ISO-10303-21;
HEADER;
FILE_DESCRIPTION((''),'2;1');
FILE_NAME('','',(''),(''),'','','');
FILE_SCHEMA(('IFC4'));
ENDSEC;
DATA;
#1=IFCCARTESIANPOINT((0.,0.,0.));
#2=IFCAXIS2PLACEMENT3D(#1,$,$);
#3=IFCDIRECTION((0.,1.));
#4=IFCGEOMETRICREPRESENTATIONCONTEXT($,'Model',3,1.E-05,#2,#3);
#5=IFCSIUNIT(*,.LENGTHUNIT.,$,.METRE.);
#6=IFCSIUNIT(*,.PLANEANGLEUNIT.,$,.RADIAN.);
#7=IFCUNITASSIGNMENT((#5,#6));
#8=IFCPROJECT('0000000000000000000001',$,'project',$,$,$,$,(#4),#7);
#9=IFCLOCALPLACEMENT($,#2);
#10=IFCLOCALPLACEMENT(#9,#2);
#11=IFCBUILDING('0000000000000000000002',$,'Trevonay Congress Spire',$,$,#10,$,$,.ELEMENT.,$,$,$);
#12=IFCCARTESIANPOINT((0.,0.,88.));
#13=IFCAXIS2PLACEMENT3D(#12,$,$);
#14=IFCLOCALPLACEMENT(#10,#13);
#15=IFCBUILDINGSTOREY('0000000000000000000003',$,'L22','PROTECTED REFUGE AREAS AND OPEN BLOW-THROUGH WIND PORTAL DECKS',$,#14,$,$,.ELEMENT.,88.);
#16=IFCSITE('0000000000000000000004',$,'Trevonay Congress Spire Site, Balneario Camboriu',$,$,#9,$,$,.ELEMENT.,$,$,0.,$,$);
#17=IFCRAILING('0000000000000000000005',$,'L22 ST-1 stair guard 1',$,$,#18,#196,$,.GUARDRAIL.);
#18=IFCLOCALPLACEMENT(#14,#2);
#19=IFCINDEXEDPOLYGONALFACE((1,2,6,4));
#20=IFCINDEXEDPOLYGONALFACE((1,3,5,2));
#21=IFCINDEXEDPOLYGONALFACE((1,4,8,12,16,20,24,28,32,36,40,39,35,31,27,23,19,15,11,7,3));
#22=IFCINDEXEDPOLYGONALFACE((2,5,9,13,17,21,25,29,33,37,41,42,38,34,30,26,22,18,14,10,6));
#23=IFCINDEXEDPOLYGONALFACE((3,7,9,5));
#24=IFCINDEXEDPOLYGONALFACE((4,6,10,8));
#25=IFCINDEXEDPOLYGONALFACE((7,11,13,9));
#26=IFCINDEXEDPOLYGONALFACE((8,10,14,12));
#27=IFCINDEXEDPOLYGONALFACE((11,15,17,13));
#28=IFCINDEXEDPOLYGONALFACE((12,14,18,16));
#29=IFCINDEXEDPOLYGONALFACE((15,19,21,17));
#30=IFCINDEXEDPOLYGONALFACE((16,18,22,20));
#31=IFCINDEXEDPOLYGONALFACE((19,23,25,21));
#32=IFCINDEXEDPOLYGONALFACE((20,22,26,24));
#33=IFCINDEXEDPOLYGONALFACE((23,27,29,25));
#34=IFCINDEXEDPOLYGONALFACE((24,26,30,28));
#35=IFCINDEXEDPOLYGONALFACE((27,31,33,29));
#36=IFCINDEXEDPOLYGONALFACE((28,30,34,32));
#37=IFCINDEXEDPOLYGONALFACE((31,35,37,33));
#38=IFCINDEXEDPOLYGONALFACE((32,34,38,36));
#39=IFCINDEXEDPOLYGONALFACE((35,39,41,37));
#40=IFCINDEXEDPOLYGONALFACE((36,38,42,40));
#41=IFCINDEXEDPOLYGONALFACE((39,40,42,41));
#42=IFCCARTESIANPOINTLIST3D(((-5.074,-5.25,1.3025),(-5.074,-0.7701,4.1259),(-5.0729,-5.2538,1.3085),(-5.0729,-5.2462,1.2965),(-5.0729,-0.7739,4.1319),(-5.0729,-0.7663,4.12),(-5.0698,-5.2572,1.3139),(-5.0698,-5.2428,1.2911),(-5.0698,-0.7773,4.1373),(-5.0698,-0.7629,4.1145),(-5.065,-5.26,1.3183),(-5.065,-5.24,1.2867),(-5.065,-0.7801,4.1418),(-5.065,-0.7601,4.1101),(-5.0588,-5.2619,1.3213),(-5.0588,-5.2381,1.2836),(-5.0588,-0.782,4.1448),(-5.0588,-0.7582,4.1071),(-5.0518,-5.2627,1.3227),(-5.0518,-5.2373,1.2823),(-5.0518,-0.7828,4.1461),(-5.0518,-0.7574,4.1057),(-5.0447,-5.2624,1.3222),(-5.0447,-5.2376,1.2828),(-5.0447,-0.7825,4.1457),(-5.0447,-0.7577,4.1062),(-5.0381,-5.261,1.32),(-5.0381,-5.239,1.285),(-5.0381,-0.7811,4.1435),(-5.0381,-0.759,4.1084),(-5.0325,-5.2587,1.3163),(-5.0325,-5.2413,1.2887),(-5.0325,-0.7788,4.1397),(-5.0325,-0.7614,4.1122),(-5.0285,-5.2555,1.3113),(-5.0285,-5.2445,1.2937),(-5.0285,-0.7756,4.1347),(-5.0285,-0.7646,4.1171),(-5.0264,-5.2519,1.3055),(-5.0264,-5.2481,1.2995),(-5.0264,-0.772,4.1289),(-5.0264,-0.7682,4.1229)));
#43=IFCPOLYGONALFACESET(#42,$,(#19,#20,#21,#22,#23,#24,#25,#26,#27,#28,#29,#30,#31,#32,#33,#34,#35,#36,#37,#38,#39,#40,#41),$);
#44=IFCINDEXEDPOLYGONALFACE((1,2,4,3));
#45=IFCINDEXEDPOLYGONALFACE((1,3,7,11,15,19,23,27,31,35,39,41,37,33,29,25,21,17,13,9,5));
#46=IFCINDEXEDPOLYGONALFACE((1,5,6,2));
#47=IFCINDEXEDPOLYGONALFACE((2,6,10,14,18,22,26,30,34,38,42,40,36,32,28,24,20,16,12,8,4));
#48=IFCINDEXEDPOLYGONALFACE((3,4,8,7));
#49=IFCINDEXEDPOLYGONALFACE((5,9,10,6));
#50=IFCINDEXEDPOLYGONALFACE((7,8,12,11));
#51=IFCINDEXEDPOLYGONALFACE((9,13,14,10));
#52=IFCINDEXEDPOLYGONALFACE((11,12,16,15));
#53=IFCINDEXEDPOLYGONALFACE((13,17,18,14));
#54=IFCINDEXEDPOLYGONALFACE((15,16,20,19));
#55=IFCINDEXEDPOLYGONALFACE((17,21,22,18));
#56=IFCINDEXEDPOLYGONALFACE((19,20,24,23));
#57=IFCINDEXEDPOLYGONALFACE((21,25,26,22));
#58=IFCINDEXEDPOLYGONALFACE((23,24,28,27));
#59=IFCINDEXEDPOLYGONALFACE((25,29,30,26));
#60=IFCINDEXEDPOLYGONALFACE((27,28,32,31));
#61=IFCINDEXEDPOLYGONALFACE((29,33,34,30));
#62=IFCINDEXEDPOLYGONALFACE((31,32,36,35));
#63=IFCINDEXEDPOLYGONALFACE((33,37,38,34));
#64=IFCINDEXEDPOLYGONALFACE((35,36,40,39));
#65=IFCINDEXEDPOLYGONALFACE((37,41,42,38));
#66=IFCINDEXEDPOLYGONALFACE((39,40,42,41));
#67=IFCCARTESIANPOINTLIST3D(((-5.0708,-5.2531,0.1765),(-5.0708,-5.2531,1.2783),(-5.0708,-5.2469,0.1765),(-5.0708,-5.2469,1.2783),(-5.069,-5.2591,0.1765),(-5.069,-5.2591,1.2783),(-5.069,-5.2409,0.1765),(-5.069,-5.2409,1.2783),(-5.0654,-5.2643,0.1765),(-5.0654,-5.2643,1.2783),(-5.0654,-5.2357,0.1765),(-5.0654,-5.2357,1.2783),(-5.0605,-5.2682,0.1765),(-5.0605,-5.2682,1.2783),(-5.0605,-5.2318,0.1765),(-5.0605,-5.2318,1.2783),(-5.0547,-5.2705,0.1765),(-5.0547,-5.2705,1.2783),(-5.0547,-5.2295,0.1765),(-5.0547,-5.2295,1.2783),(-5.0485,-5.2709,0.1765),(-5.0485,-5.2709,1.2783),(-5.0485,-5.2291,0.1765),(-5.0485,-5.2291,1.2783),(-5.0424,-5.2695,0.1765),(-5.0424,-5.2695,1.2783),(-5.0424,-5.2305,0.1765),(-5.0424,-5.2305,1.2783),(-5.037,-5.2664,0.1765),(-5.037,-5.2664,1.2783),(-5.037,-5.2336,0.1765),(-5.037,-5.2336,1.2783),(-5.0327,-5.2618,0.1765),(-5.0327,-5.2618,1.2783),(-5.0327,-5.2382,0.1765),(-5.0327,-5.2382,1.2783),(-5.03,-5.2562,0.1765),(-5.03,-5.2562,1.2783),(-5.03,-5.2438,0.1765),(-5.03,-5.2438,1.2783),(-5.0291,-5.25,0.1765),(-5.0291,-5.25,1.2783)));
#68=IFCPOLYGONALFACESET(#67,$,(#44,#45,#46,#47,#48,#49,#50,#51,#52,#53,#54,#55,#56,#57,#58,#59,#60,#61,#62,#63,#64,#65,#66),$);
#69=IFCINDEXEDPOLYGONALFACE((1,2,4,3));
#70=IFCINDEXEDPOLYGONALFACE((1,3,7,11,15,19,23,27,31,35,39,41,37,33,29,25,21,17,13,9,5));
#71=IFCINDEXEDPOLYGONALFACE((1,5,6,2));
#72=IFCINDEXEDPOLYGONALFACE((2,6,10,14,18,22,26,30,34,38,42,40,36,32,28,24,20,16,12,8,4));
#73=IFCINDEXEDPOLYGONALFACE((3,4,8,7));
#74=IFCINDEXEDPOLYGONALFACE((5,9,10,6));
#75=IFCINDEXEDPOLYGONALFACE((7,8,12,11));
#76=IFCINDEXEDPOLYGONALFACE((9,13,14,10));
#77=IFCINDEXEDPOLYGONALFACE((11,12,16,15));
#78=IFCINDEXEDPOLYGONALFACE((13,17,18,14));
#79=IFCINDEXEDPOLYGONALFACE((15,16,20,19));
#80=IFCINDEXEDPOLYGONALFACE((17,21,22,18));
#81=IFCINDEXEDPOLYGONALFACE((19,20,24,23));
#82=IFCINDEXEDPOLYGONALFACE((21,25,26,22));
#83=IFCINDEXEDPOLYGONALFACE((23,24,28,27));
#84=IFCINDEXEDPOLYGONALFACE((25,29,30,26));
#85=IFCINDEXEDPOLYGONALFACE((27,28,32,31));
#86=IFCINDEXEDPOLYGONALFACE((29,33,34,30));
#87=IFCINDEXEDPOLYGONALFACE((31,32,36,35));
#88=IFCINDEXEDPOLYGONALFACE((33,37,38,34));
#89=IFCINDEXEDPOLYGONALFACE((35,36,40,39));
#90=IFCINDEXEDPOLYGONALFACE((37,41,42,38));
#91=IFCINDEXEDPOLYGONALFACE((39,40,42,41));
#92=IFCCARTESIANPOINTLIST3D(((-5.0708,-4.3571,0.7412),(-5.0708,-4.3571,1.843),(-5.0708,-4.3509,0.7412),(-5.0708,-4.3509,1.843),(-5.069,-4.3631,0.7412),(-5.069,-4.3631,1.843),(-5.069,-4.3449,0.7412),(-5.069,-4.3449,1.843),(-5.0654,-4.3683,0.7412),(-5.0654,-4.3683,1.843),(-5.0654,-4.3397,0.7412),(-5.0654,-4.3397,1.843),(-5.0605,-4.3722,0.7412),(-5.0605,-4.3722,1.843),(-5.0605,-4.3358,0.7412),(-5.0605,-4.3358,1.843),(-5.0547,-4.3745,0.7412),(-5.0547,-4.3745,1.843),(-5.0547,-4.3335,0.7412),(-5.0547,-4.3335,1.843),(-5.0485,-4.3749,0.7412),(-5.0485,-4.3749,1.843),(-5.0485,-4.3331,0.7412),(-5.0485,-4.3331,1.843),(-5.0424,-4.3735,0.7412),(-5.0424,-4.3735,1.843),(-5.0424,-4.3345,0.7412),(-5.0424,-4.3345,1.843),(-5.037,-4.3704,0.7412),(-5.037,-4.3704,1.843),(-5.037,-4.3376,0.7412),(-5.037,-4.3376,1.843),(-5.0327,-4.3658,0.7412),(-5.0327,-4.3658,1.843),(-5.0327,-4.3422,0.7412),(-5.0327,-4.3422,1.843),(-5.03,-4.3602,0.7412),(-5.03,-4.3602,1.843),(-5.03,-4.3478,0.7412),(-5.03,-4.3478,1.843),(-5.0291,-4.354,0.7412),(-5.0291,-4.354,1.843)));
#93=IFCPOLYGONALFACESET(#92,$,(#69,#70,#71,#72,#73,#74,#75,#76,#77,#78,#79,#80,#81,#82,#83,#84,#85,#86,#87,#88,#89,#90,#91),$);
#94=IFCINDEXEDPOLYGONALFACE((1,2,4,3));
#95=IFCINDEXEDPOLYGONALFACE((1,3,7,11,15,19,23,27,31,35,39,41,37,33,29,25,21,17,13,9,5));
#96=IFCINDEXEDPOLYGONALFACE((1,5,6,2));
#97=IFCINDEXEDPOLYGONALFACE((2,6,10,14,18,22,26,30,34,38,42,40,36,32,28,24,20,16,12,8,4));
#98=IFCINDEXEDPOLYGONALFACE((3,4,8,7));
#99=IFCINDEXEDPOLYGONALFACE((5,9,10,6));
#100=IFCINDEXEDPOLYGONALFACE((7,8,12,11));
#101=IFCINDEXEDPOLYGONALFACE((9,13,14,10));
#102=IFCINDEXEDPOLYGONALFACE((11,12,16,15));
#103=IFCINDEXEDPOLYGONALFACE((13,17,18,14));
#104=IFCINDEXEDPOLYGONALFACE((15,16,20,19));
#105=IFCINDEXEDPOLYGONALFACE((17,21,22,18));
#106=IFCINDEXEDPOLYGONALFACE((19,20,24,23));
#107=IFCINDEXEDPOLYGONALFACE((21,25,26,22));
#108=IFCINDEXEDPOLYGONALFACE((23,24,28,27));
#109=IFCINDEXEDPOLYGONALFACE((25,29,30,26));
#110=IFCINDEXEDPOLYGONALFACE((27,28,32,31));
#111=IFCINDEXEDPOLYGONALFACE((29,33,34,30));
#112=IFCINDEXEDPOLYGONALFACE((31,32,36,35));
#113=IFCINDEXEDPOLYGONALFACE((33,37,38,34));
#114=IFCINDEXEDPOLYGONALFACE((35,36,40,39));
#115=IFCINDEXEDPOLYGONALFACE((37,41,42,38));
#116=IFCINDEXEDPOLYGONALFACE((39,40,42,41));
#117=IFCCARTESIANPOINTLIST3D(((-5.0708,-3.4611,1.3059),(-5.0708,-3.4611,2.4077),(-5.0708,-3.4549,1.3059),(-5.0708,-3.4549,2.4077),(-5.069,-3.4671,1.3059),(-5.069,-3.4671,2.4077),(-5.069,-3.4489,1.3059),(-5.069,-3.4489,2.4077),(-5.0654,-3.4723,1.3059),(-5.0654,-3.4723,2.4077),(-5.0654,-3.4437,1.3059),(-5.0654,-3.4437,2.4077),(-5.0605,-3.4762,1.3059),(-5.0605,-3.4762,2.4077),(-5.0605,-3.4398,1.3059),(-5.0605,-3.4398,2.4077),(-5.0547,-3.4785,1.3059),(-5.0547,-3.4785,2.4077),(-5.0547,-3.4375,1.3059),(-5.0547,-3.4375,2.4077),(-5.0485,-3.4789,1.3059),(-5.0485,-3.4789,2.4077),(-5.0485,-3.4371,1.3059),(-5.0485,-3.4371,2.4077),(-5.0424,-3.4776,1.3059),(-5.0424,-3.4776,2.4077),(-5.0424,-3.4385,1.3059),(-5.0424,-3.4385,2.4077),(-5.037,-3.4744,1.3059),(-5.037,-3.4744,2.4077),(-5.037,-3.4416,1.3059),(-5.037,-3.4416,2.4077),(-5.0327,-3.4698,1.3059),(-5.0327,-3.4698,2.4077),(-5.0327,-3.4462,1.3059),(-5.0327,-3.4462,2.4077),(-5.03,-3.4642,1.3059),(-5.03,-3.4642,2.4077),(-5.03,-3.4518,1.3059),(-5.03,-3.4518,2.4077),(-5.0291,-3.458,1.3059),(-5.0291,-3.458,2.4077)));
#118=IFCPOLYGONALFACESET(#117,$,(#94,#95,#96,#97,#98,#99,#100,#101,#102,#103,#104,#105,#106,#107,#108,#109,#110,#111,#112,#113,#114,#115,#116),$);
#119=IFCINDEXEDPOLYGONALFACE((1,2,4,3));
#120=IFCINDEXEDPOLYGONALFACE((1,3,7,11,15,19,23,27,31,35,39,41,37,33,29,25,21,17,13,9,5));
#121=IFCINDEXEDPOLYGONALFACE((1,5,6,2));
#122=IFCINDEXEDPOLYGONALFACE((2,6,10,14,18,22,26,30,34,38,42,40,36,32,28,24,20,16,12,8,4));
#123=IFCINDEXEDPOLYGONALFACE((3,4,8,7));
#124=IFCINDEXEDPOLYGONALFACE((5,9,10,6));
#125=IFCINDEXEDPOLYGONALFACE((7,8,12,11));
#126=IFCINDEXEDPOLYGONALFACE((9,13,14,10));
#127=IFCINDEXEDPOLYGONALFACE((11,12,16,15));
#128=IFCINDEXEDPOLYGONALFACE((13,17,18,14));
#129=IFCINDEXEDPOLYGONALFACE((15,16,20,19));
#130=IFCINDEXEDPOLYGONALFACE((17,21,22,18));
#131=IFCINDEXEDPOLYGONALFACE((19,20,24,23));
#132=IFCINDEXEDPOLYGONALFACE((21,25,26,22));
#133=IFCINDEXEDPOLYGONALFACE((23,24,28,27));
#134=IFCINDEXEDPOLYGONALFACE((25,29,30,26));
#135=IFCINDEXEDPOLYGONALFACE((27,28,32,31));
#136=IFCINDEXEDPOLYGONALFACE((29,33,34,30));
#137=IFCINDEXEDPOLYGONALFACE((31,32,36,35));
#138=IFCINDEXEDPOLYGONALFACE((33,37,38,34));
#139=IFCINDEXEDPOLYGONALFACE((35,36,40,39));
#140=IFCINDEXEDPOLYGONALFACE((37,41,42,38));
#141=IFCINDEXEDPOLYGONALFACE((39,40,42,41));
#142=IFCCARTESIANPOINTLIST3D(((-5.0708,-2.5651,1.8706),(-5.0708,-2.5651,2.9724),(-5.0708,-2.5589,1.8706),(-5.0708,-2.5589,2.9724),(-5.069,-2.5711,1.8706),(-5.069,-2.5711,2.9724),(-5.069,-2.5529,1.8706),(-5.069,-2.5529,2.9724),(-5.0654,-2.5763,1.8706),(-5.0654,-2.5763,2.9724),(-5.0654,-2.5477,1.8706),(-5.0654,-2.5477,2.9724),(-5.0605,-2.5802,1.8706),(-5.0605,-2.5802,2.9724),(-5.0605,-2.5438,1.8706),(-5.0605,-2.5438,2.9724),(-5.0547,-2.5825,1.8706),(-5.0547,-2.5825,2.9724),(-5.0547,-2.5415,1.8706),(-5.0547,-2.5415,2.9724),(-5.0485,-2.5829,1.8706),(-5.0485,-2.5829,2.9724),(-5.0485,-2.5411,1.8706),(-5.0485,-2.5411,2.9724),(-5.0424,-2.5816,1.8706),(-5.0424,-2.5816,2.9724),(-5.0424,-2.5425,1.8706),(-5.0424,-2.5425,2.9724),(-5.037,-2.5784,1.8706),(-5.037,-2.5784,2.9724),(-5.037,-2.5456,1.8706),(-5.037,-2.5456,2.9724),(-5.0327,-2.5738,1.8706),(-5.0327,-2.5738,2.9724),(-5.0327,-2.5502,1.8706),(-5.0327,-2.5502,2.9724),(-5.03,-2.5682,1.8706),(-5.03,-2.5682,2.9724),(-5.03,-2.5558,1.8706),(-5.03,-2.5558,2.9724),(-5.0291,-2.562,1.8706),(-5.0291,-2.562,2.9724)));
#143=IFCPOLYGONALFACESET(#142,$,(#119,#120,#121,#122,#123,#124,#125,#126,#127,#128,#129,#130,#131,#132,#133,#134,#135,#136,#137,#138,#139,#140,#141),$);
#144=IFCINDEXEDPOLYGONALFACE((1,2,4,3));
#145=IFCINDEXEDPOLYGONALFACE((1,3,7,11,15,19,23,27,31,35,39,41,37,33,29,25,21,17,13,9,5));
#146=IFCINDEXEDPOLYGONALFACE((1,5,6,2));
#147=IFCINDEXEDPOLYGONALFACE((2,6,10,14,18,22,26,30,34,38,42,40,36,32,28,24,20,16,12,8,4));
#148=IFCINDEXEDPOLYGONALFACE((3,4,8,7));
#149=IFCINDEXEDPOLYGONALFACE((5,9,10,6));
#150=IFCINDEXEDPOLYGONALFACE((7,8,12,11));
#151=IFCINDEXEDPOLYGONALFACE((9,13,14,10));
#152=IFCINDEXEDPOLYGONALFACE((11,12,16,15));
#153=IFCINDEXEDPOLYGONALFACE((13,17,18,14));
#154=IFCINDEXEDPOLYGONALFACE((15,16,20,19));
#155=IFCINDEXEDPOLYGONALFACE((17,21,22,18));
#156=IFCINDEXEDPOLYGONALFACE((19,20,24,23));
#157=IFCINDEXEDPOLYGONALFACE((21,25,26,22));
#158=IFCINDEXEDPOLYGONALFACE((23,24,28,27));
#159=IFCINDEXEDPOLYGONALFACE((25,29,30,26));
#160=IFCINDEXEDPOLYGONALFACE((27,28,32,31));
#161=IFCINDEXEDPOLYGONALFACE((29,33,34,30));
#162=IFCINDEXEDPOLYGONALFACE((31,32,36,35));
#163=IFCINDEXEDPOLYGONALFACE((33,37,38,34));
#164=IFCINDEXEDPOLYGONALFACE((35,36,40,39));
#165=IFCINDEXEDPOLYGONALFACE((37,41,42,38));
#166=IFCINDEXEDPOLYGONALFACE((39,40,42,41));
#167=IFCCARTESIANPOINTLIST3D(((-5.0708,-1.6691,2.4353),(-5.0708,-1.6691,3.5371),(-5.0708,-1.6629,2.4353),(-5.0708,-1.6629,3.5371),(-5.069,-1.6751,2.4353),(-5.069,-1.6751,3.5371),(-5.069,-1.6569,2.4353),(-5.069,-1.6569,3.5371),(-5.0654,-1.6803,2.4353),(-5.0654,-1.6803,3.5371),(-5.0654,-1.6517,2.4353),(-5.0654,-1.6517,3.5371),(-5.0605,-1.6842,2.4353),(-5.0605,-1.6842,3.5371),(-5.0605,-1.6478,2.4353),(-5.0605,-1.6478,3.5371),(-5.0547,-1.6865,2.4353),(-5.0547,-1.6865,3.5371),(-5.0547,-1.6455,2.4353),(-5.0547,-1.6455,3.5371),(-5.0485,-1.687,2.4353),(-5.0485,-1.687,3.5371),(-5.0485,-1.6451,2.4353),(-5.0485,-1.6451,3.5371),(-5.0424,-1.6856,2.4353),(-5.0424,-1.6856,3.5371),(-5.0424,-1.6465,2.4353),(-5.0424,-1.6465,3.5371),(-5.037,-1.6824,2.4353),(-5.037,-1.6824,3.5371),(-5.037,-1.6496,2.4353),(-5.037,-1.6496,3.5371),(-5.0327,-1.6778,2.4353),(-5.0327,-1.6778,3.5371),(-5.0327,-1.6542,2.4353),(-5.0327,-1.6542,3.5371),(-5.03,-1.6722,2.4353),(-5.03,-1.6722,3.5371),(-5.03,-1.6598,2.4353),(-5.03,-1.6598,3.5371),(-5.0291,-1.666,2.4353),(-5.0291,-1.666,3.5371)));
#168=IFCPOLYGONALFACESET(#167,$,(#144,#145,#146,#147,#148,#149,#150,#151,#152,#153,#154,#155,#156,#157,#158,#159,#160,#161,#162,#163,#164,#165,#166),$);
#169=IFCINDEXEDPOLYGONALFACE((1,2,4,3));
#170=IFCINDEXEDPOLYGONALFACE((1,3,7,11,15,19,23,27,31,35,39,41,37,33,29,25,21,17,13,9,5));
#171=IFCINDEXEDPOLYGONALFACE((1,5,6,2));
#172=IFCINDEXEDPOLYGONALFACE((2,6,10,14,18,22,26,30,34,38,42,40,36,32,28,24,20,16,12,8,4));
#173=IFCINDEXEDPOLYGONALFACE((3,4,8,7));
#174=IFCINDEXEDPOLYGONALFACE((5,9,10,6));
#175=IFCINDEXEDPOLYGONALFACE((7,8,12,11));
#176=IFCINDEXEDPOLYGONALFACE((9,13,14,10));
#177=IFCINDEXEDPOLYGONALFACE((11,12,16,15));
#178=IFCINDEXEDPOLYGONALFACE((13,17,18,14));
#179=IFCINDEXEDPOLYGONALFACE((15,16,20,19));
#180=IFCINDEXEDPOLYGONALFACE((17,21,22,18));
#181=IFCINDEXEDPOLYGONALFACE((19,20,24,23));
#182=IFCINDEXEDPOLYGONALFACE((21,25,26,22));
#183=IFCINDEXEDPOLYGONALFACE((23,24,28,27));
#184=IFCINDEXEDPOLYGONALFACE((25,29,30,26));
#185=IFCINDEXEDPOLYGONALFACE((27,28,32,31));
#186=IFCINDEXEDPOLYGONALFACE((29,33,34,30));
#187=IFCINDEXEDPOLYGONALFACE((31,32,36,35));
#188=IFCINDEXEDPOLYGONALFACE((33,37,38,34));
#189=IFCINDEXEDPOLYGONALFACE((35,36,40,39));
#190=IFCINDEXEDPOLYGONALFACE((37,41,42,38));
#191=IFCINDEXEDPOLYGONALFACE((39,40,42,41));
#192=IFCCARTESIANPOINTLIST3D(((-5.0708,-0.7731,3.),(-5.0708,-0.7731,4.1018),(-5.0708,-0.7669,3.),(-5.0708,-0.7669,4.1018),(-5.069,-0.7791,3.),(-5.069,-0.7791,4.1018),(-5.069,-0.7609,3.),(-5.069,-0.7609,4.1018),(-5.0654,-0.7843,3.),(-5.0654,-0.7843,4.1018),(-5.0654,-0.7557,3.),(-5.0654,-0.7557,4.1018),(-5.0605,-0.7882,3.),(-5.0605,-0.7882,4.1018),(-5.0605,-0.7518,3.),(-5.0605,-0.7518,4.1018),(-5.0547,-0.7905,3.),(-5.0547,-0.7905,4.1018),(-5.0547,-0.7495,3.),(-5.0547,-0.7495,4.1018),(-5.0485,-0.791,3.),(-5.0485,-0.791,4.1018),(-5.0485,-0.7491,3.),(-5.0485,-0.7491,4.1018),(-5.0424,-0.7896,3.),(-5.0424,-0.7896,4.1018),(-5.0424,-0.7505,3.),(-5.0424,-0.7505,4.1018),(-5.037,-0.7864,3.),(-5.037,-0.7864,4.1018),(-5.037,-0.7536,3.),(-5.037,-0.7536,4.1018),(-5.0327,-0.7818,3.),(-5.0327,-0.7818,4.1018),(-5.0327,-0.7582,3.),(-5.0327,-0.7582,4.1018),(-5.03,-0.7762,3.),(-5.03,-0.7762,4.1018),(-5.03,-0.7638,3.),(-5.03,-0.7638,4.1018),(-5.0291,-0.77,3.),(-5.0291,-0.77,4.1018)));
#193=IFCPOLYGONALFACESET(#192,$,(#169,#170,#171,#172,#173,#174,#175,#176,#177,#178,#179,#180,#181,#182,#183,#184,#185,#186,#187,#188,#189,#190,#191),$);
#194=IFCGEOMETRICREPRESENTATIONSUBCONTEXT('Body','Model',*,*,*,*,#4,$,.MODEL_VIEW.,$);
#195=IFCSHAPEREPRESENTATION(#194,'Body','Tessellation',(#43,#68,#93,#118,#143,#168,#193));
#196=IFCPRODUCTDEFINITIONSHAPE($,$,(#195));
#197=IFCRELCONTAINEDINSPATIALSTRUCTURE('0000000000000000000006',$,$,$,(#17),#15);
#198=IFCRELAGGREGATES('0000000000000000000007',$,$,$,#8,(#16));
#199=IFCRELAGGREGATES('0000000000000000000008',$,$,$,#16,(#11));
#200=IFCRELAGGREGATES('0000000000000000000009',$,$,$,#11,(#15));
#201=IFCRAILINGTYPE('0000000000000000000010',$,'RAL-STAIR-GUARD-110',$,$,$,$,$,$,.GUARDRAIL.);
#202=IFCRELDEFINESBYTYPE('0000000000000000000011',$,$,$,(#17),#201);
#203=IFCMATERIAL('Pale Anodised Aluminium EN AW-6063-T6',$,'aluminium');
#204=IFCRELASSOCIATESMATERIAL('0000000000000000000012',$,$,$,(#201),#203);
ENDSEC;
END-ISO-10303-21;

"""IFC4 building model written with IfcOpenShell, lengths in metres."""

from ifc_helpers import new_model, si_unit, direction, frame, origin, origin_2d, place, context, subcontext, project, spatial, circle, extrude, material, type_object, element, save


model = new_model("IFC4")

# Units and contexts
model_context = context("Model", 3, precision=1e-05, world=origin(), true_north=direction((0.0, 1.0)))
body_context = subcontext(model_context, "Body", "Model", "MODEL_VIEW")
ifc_project = project(units=[si_unit("LENGTHUNIT", "METRE"), si_unit("PLANEANGLEUNIT", "RADIAN")], contexts=[model_context])

# Site, building, storey
site_placement = place(None, origin())
site = spatial("IfcSite", under=ifc_project, at=site_placement, Name="Trevonay Congress Spire Site, Balneario Camboriu", CompositionType="ELEMENT", RefElevation=0.0)
building_placement = place(site_placement, origin())
building = spatial("IfcBuilding", under=site, at=building_placement, Name="Trevonay Congress Spire", CompositionType="ELEMENT")
storey_placement = place(building_placement, frame((0.0, 0.0, 88.0)))
storey = spatial("IfcBuildingStorey", under=building, at=storey_placement, Name="L22", Description="PROTECTED REFUGE AREAS AND OPEN BLOW-THROUGH WIND PORTAL DECKS", CompositionType="ELEMENT", Elevation=88.0)

# Shared definitions
ifc_material_1 = material(Name="Pale Anodised Aluminium EN AW-6063-T6", Category="aluminium")

# Railing
railing_type_1 = type_object("IfcRailingType", Name="RAL-STAIR-GUARD-110", PredefinedType="GUARDRAIL", material=ifc_material_1)
railing_1_placement = place(storey_placement, frame((-5.05, -5.25, 0.1765)))
element("IfcRailing", 1, at=railing_1_placement, inside=storey, type_object=railing_type_1, Name="L22 ST-1 stair guard 1", PredefinedType="GUARDRAIL", context=body_context, shape_type="SweptSolid", body=[
    extrude(circle(Radius=0.0239, at=origin_2d()), frame((0.0, 0.0, 1.126), z_axis=(0.0, 0.845998, 0.533186), x_axis=(-1.0, 0.0, 0.0)), (0.0, 0.0, 1.0), 5.2954),
    extrude(circle(Radius=0.021, at=origin_2d()), origin(), (0.0, 0.0, 1.0), 1.1018),
    extrude(circle(Radius=0.021, at=origin_2d()), frame((0.0, 0.896, 0.5647)), (0.0, 0.0, 1.0), 1.1018),
    extrude(circle(Radius=0.021, at=origin_2d()), frame((0.0, 1.792, 1.1294)), (0.0, 0.0, 1.0), 1.1018),
    extrude(circle(Radius=0.021, at=origin_2d()), frame((0.0, 2.688, 1.6941)), (0.0, 0.0, 1.0), 1.1018),
    extrude(circle(Radius=0.021, at=origin_2d()), frame((0.0, 3.584, 2.2588)), (0.0, 0.0, 1.0), 1.1018),
    extrude(circle(Radius=0.021, at=origin_2d()), frame((0.0, 4.48, 2.8235)), (0.0, 0.0, 1.0), 1.1018),
])

save(model, "model.ifc")
